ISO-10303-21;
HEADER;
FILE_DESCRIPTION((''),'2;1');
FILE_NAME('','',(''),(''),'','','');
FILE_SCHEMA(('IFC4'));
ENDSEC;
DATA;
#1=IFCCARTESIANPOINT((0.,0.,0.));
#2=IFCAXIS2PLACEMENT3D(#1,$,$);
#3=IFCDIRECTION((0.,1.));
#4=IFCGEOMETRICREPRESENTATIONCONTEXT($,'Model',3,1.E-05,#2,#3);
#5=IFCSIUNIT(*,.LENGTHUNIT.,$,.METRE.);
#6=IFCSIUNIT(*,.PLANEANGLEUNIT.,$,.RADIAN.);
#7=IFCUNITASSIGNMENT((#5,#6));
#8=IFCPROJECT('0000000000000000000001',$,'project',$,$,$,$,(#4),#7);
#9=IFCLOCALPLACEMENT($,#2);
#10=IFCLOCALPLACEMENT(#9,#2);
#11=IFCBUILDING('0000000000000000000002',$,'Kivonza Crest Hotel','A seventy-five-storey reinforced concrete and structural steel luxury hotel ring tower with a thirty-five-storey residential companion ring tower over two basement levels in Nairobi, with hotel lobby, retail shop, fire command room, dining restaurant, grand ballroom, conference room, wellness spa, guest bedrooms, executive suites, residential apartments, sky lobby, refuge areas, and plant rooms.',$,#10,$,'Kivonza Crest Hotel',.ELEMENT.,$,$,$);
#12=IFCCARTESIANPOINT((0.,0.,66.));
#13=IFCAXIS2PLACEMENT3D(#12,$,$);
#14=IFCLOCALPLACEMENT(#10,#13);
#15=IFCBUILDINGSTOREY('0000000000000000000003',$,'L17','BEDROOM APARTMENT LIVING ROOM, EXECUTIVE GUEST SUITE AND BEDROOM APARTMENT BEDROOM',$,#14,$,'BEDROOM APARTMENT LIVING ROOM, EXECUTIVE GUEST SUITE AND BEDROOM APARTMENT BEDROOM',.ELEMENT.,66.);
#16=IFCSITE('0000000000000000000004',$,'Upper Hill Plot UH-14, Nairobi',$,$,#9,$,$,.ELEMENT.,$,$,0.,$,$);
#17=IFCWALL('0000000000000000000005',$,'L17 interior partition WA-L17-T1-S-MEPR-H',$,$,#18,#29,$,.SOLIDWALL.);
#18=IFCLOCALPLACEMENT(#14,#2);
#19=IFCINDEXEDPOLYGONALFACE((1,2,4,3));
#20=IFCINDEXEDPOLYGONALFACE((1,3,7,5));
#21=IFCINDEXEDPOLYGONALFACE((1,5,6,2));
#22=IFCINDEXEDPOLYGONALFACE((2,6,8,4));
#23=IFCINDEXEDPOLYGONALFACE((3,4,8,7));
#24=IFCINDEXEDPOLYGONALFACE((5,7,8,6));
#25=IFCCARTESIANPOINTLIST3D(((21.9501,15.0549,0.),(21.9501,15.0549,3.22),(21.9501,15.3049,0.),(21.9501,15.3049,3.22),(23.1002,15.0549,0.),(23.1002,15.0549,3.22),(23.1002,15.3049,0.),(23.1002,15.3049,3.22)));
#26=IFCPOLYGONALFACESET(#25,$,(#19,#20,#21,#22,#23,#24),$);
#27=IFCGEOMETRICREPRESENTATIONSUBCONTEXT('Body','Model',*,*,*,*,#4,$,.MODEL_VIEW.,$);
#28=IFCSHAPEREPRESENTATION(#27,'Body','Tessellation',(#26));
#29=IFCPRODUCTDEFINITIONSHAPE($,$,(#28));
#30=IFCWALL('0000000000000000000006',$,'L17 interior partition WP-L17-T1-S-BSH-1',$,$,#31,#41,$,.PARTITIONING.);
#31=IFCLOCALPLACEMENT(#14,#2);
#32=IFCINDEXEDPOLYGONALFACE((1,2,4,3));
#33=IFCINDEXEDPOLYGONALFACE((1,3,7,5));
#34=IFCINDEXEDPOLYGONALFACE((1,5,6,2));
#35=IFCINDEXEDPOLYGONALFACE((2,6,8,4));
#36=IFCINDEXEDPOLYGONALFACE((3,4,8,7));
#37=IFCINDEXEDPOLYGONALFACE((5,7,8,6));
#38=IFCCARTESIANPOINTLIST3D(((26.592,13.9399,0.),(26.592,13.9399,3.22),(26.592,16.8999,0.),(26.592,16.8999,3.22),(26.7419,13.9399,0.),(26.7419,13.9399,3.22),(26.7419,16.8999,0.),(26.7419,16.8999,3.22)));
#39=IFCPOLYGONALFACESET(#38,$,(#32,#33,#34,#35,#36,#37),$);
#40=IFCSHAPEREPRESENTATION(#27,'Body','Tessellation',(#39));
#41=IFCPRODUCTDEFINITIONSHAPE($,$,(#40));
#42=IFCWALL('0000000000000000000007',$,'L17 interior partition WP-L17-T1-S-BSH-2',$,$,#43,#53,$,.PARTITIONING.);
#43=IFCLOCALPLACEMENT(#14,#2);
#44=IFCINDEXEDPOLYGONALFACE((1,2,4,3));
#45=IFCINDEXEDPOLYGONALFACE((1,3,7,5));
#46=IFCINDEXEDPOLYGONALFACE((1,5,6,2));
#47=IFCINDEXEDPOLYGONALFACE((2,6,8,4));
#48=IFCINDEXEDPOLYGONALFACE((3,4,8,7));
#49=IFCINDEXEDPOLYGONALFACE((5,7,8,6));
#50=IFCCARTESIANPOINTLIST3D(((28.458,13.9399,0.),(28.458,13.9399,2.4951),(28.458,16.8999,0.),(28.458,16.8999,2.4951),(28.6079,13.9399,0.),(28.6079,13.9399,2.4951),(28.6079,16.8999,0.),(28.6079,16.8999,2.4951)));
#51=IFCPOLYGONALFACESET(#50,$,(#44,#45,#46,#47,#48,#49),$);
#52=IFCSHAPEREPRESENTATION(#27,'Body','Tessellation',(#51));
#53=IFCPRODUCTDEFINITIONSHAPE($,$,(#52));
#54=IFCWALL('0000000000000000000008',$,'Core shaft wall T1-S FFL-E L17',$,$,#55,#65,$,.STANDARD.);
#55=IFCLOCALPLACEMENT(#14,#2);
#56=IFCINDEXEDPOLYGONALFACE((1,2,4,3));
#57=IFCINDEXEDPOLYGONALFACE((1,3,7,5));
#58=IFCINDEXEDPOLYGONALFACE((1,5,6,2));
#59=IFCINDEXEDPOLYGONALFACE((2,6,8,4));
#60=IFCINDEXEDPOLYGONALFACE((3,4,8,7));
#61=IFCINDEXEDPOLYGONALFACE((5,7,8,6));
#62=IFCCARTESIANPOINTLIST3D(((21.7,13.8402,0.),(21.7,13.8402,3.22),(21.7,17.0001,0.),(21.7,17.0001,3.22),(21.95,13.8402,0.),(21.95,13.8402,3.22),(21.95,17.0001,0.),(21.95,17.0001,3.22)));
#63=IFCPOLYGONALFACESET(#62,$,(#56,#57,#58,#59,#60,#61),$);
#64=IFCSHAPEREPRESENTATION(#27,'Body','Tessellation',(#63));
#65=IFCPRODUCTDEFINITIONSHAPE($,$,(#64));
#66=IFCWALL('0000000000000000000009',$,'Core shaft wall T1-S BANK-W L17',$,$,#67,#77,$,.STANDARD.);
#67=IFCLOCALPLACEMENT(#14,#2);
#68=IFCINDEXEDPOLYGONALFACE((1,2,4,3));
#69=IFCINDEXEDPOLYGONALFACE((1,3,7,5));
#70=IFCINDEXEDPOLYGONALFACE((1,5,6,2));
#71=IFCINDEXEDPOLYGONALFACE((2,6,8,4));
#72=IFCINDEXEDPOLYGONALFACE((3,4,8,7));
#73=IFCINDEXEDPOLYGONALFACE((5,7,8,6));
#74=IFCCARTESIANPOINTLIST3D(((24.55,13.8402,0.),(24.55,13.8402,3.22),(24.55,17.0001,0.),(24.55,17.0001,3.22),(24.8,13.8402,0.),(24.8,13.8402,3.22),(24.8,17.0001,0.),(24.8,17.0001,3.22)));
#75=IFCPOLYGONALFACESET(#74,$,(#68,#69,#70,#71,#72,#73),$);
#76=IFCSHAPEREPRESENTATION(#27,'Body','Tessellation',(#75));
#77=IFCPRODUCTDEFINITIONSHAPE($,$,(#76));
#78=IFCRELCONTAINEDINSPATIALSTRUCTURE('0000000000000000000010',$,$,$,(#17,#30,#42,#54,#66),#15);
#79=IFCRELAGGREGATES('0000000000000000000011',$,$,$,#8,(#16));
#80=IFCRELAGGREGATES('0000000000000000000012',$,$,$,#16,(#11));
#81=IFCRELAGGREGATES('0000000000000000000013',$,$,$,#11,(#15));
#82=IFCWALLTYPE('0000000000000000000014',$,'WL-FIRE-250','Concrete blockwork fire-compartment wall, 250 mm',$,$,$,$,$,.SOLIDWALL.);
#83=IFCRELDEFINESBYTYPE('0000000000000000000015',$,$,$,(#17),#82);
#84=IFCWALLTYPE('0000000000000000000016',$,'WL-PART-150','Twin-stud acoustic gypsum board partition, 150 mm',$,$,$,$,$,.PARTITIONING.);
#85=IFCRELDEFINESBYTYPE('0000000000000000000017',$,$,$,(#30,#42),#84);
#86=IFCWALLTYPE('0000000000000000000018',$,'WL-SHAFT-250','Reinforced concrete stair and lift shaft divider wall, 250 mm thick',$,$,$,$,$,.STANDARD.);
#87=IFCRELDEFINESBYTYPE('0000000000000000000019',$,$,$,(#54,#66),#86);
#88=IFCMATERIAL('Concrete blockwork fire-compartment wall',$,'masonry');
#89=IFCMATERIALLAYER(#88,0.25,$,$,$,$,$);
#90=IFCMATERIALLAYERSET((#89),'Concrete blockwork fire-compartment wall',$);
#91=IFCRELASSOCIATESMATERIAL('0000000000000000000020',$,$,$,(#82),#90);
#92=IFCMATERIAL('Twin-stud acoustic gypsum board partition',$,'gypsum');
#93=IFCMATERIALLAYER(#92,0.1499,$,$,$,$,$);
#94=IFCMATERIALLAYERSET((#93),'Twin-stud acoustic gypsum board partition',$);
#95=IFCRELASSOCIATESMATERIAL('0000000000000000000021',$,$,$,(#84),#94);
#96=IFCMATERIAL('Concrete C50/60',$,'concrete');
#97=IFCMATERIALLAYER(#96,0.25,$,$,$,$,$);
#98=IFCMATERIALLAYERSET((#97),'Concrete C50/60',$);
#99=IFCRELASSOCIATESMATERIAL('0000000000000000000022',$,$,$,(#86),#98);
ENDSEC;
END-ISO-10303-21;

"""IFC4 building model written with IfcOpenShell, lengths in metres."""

from ifc_helpers import new_model, si_unit, direction, frame, frame_2d, origin, place, context, subcontext, project, spatial, rectangle, extrude, material, layer, layer_set, type_object, element, save


model = new_model("IFC4")

# Units and contexts
model_context = context("Model", 3, precision=1e-05, world=origin(), true_north=direction((0.0, 1.0)))
body_context = subcontext(model_context, "Body", "Model", "MODEL_VIEW")
ifc_project = project(units=[si_unit("LENGTHUNIT", "METRE"), si_unit("PLANEANGLEUNIT", "RADIAN")], contexts=[model_context])

# Site, building, storey
site_placement = place(None, origin())
site = spatial("IfcSite", under=ifc_project, at=site_placement, Name="Upper Hill Plot UH-14, Nairobi", CompositionType="ELEMENT", RefElevation=0.0)
building_placement = place(site_placement, origin())
building = spatial("IfcBuilding", under=site, at=building_placement, Name="Kivonza Crest Hotel", Description="A seventy-five-storey reinforced concrete and structural steel luxury hotel ring tower with a thirty-five-storey residential companion ring tower over two basement levels in Nairobi, with hotel lobby, retail shop, fire command room, dining restaurant, grand ballroom, conference room, wellness spa, guest bedrooms, executive suites, residential apartments, sky lobby, refuge areas, and plant rooms.", LongName="Kivonza Crest Hotel", CompositionType="ELEMENT")
storey_placement = place(building_placement, frame((0.0, 0.0, 66.0)))
storey = spatial("IfcBuildingStorey", under=building, at=storey_placement, Name="L17", Description="BEDROOM APARTMENT LIVING ROOM, EXECUTIVE GUEST SUITE AND BEDROOM APARTMENT BEDROOM", LongName="BEDROOM APARTMENT LIVING ROOM, EXECUTIVE GUEST SUITE AND BEDROOM APARTMENT BEDROOM", CompositionType="ELEMENT", Elevation=66.0)

# Walls
ifc_material_1 = material(Name="Concrete blockwork fire-compartment wall", Category="masonry")
ifc_layer_1 = layer(ifc_material_1, 0.25)
ifc_layer_set_1 = layer_set([ifc_layer_1], Name="Concrete blockwork fire-compartment wall")
wall_type_1 = type_object("IfcWallType", Name="WL-FIRE-250", Description="Concrete blockwork fire-compartment wall, 250 mm", PredefinedType="SOLIDWALL", material=ifc_layer_set_1)
wall_1_placement = place(storey_placement, frame((21.95, 15.1799, 0.0), z_axis=(0.0, 0.0, 1.0), x_axis=(1.0, 0.0, 0.0)))
element("IfcWall", 1, at=wall_1_placement, inside=storey, type_object=wall_type_1, Name="L17 interior partition WA-L17-T1-S-MEPR-H", PredefinedType="SOLIDWALL", context=body_context, shape_type="SweptSolid", body=[
    extrude(rectangle(XDim=1.1501, YDim=0.25, at=frame_2d((0.5752, 0.0))), origin(), (0.0, 0.0, 1.0), 3.22),
])
ifc_material_2 = material(Name="Twin-stud acoustic gypsum board partition", Category="gypsum")
ifc_layer_2 = layer(ifc_material_2, 0.1499)
ifc_layer_set_2 = layer_set([ifc_layer_2], Name="Twin-stud acoustic gypsum board partition")
wall_type_2 = type_object("IfcWallType", Name="WL-PART-150", Description="Twin-stud acoustic gypsum board partition, 150 mm", PredefinedType="PARTITIONING", material=ifc_layer_set_2)
wall_2_placement = place(storey_placement, frame((26.667, 13.9399, 0.0), z_axis=(0.0, 0.0, 1.0), x_axis=(0.0, 1.0, 0.0)))
element("IfcWall", 2, at=wall_2_placement, inside=storey, type_object=wall_type_2, Name="L17 interior partition WP-L17-T1-S-BSH-1", PredefinedType="PARTITIONING", context=body_context, shape_type="SweptSolid", body=[
    extrude(rectangle(XDim=2.96, YDim=0.1499, at=frame_2d((1.48, 0.0))), origin(), (0.0, 0.0, 1.0), 3.22),
])
wall_3_placement = place(storey_placement, frame((28.533, 13.9399, 0.0), z_axis=(0.0, 0.0, 1.0), x_axis=(0.0, 1.0, 0.0)))
element("IfcWall", 3, at=wall_3_placement, inside=storey, type_object=wall_type_2, Name="L17 interior partition WP-L17-T1-S-BSH-2", PredefinedType="PARTITIONING", context=body_context, shape_type="SweptSolid", body=[
    extrude(rectangle(XDim=2.96, YDim=0.1499, at=frame_2d((1.48, 0.0))), origin(), (0.0, 0.0, 1.0), 2.4951),
])

# Shared definitions
ifc_material_3 = material(Name="Concrete C50/60", Category="concrete")
ifc_layer_3 = layer(ifc_material_3, 0.25)
ifc_layer_set_3 = layer_set([ifc_layer_3], Name="Concrete C50/60")
wall_type_3 = type_object("IfcWallType", Name="WL-SHAFT-250", Description="Reinforced concrete stair and lift shaft divider wall, 250 mm thick", PredefinedType="STANDARD", material=ifc_layer_set_3)

# Walls
for number, where, z_axis, x_axis, name in (
    (4, (21.825, 13.8401, 0.0), (0.0, 0.0, 1.0), (0.0, 1.0, 0.0), "Core shaft wall T1-S FFL-E L17"),
    (5, (24.675, 13.8401, 0.0), (0.0, 0.0, 1.0), (0.0, 1.0, 0.0), "Core shaft wall T1-S BANK-W L17"),
):
    element("IfcWall", number, at=place(storey_placement, frame(where, z_axis=z_axis, x_axis=x_axis)), inside=storey, type_object=wall_type_3, Name=name, PredefinedType="STANDARD", context=body_context, shape_type="SweptSolid", body=[
        extrude(rectangle(XDim=3.1599, YDim=0.25, at=frame_2d((1.5801, 0.0))), origin(), (0.0, 0.0, 1.0), 3.22),
    ])

save(model, "model.ifc")
